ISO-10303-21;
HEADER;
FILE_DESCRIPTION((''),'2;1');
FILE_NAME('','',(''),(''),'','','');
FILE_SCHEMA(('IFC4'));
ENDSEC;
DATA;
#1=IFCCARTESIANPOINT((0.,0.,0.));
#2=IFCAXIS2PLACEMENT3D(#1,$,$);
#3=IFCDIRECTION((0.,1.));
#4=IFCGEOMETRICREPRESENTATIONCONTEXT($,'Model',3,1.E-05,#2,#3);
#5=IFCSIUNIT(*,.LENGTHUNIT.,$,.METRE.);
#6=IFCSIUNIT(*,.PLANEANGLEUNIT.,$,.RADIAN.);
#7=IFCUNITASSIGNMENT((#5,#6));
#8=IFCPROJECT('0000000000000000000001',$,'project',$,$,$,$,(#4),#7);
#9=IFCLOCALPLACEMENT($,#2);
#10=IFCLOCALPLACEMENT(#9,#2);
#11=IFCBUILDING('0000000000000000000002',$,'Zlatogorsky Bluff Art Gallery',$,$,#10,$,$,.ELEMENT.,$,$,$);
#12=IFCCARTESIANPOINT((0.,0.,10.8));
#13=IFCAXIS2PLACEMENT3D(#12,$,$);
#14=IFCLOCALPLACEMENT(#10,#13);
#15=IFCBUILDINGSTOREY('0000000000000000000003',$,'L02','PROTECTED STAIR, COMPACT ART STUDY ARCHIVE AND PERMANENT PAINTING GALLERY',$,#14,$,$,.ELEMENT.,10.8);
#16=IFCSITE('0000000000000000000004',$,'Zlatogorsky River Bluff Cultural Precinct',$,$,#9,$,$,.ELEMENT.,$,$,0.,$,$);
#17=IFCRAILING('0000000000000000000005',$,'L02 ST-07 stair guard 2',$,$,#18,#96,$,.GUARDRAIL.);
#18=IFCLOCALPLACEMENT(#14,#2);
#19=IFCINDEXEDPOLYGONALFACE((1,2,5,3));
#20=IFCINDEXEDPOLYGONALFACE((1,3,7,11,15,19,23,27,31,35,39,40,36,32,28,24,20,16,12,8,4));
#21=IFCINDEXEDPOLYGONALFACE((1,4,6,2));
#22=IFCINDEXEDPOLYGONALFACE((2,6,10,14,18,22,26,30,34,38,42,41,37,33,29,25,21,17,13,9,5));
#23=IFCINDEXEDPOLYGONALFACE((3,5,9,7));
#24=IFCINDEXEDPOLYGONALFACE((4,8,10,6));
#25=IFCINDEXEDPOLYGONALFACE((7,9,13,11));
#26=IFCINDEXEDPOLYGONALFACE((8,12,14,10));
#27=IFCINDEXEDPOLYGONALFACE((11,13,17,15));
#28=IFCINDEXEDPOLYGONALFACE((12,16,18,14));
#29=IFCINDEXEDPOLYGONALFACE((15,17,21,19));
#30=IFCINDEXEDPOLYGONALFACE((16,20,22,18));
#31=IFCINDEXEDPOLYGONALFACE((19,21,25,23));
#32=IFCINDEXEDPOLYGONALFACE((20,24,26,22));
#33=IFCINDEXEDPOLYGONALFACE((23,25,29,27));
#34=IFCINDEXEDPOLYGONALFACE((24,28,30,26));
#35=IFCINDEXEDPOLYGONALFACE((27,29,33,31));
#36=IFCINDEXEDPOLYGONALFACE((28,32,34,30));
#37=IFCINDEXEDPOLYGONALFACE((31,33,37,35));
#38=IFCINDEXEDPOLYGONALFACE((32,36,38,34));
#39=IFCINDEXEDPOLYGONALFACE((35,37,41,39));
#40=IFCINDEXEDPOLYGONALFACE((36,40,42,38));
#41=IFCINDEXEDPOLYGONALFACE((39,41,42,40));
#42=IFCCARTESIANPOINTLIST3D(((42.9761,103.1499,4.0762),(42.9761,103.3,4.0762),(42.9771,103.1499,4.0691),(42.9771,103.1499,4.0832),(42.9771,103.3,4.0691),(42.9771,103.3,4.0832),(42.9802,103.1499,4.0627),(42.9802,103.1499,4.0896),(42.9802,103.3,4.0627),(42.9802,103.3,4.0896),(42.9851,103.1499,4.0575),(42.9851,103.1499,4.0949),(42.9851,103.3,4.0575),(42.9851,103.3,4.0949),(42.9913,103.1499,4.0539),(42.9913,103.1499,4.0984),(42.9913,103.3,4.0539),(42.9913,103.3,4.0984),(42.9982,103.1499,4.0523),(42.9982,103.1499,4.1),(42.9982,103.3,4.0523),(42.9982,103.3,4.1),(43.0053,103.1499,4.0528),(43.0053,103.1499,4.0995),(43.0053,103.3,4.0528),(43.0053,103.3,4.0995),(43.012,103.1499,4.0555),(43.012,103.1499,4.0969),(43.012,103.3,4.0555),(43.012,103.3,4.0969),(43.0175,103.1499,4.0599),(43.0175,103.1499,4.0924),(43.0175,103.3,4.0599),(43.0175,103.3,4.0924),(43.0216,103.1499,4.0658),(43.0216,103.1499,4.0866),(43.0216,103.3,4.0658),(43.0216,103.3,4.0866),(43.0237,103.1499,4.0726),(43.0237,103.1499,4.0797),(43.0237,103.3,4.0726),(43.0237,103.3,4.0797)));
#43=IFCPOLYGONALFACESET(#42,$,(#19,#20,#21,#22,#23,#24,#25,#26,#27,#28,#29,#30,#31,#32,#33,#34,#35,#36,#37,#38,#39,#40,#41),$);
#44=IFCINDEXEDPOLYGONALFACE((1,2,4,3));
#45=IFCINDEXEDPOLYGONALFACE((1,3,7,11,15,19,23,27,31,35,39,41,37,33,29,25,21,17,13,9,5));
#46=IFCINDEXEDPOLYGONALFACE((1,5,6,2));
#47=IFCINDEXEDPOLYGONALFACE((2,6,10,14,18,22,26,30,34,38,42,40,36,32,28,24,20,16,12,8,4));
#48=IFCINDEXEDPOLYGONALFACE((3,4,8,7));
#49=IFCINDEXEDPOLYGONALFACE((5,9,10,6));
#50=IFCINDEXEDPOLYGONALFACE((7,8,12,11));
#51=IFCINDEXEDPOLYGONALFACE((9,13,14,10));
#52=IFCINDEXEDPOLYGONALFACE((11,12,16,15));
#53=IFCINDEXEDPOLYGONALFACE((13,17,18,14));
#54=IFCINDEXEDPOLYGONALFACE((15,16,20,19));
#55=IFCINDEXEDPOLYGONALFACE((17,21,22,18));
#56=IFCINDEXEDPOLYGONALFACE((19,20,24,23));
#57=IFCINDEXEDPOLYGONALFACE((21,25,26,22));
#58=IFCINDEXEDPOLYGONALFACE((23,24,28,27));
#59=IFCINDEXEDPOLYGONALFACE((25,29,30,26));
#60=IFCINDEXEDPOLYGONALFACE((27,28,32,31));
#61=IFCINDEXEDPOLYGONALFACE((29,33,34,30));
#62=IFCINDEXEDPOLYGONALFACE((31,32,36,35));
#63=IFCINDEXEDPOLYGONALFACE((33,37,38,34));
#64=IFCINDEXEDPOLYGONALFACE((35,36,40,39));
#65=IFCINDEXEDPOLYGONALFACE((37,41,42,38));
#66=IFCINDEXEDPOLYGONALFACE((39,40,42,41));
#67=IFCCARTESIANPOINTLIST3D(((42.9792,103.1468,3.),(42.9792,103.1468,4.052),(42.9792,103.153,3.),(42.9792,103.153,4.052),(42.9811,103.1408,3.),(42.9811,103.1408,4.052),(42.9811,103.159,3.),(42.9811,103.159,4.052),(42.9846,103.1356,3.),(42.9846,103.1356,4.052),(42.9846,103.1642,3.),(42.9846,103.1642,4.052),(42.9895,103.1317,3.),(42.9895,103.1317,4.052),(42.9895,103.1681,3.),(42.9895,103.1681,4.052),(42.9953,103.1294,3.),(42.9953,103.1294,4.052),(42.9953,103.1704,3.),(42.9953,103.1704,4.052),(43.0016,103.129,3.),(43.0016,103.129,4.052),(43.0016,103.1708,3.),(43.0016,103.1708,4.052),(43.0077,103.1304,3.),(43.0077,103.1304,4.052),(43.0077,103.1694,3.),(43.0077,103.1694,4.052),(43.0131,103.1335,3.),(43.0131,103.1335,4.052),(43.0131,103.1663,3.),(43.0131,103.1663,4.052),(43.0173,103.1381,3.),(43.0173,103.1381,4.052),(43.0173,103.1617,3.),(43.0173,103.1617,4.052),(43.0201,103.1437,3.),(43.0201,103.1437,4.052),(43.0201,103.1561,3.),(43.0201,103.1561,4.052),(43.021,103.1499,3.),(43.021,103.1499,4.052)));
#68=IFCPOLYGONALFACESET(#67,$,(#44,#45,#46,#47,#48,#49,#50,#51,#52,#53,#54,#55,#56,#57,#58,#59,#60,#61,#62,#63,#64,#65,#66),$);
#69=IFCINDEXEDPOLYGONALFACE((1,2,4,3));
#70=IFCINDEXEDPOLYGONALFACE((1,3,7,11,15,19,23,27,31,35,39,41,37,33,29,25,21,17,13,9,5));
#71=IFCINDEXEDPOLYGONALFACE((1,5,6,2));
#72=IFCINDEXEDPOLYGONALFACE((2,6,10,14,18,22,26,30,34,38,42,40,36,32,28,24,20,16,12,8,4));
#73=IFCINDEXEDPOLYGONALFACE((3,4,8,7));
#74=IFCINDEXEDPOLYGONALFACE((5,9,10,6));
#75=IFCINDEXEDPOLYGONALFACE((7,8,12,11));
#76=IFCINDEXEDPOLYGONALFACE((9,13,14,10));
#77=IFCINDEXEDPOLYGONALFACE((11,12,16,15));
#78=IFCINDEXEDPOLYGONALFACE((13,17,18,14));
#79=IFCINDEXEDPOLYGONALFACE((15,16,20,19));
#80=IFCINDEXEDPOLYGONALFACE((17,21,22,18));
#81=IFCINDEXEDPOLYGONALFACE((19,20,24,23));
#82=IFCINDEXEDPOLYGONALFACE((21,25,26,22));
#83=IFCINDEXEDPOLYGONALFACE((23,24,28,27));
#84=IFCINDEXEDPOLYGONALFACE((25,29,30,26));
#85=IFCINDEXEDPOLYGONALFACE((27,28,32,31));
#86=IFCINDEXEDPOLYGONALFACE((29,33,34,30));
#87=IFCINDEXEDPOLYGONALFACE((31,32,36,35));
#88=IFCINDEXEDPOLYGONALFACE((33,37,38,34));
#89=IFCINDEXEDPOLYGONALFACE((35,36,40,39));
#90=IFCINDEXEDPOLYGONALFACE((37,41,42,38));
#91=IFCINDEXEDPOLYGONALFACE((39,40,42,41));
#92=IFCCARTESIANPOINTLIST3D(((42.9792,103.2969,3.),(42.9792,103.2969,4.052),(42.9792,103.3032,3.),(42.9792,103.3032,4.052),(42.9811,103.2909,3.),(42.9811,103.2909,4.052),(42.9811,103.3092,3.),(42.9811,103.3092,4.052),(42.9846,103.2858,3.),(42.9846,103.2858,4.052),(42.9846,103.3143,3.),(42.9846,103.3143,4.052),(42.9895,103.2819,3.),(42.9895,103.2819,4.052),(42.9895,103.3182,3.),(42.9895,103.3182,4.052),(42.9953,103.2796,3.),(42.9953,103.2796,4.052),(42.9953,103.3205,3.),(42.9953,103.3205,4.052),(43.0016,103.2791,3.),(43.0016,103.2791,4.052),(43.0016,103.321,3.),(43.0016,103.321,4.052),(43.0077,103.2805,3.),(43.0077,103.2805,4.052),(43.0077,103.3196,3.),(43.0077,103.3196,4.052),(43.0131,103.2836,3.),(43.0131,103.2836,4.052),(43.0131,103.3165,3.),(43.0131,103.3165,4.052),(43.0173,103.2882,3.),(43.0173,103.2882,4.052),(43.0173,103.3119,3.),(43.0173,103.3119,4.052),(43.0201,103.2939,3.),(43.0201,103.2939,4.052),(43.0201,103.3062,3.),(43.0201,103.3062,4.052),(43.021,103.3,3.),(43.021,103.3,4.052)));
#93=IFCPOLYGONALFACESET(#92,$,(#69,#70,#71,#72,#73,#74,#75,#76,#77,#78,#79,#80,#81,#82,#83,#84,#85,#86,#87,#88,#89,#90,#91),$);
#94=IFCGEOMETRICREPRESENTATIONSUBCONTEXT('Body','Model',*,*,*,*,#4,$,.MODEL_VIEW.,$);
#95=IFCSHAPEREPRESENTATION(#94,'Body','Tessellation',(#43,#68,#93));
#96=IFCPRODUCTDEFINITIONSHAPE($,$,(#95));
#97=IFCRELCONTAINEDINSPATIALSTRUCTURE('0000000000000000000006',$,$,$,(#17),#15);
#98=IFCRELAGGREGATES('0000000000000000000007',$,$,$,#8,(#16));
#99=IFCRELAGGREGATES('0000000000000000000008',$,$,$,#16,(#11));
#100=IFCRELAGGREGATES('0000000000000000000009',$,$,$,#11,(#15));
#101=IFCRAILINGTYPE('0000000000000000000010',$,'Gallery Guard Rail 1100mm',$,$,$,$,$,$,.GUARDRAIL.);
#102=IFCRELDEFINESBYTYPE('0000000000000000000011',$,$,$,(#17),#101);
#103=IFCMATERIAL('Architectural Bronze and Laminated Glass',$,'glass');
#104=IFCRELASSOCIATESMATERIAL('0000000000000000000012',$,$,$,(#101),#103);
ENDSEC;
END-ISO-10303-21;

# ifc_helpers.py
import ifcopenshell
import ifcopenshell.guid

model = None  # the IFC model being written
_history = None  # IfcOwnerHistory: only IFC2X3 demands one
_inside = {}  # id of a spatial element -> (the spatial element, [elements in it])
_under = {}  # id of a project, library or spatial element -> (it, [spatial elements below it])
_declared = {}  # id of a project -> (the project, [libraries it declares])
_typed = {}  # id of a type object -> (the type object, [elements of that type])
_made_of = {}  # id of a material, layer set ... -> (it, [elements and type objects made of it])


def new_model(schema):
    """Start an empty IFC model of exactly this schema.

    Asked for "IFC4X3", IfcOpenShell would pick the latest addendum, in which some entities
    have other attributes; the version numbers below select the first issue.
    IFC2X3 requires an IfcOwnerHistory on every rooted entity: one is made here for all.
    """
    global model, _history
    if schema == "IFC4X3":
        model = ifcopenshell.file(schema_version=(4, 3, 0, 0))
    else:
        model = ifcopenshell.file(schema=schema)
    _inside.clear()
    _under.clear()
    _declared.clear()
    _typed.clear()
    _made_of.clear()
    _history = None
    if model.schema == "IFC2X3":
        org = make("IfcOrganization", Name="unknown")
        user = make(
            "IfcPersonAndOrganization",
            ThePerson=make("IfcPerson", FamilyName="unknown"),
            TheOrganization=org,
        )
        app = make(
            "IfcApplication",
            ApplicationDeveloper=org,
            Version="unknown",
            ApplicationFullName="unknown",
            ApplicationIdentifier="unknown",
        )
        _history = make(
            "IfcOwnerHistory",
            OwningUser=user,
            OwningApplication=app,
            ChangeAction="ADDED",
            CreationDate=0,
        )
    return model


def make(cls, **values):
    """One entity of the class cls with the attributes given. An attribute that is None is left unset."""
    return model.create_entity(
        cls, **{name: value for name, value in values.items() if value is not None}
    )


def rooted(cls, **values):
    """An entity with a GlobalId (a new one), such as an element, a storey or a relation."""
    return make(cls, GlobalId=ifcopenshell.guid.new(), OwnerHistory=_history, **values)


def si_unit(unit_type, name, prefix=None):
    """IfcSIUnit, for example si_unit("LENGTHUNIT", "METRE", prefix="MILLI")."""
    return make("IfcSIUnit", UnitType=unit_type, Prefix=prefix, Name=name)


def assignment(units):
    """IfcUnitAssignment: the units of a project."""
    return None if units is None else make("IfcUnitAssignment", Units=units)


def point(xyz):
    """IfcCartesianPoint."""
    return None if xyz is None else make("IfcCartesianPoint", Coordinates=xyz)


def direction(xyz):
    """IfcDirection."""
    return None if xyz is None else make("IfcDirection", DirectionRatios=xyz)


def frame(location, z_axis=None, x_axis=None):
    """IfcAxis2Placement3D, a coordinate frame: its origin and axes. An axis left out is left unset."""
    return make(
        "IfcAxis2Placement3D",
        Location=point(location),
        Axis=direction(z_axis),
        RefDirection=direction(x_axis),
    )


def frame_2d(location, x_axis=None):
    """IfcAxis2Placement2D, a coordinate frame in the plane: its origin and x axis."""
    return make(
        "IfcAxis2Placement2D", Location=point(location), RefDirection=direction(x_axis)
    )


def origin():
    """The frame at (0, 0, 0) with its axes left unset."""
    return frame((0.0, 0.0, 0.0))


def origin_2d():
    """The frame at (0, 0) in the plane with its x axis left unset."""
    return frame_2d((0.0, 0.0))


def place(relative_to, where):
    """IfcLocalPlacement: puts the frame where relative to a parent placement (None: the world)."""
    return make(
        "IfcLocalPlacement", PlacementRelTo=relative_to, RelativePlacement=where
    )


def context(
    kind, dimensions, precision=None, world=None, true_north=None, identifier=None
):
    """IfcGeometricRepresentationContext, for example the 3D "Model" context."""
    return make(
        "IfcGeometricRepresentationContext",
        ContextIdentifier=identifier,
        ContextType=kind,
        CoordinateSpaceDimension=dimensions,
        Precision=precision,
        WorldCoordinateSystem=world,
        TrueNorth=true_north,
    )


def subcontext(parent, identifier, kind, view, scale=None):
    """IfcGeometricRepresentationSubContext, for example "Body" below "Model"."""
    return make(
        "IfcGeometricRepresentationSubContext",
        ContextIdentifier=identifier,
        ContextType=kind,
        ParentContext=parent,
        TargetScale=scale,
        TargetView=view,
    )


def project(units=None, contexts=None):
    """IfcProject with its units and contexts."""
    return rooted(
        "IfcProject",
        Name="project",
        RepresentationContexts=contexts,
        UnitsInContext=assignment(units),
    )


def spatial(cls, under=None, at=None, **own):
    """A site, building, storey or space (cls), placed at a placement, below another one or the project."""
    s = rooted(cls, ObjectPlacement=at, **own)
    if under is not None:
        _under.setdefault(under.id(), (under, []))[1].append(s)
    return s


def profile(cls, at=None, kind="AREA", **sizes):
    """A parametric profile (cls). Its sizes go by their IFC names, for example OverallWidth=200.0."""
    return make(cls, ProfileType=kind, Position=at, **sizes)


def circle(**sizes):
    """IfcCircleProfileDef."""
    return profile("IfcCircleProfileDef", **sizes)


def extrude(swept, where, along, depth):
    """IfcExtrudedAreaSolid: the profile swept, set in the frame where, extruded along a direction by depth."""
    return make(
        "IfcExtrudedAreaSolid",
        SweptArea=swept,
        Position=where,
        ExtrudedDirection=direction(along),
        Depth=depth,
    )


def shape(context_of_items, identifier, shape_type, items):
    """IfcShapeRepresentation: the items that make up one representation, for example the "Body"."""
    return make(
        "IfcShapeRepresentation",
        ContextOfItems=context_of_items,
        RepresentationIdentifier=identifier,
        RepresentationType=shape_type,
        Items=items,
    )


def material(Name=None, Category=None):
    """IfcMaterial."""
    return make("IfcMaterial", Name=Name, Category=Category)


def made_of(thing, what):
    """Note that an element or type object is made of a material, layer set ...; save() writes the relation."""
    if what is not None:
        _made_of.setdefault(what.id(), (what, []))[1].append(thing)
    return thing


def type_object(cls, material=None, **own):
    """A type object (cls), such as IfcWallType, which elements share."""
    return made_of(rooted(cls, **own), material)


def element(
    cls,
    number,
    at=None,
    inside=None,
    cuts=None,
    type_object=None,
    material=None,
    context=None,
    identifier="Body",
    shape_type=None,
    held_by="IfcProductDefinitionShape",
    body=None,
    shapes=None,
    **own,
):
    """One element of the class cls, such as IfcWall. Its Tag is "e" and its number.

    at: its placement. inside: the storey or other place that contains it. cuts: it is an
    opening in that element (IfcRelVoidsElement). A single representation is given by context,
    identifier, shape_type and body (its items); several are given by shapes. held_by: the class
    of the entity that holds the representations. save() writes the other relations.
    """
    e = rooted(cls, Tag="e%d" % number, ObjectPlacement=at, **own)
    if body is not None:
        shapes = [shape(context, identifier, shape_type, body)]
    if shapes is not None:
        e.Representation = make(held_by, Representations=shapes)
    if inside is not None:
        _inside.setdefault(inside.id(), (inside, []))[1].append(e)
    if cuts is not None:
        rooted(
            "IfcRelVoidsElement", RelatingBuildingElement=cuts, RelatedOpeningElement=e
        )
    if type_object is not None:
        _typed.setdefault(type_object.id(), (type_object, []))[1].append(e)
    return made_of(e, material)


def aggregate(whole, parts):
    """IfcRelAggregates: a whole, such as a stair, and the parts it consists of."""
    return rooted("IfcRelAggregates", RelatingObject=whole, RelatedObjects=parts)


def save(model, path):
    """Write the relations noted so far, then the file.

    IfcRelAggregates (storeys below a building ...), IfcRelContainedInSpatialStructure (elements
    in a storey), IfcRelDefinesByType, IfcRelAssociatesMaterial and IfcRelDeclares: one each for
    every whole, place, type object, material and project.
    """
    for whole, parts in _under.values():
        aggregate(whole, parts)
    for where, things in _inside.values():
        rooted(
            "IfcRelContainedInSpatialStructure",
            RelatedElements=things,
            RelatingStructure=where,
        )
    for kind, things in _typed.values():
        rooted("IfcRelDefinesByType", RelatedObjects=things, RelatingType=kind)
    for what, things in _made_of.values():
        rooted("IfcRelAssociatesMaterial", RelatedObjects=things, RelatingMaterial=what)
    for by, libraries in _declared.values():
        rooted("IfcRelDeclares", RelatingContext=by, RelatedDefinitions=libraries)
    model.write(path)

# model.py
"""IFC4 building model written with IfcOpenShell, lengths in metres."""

from ifc_helpers import new_model, si_unit, direction, frame, origin, origin_2d, place, context, subcontext, project, spatial, circle, extrude, material, type_object, element, save


model = new_model("IFC4")

# Units and contexts
model_context = context("Model", 3, precision=1e-05, world=origin(), true_north=direction((0.0, 1.0)))
body_context = subcontext(model_context, "Body", "Model", "MODEL_VIEW")
ifc_project = project(units=[si_unit("LENGTHUNIT", "METRE"), si_unit("PLANEANGLEUNIT", "RADIAN")], contexts=[model_context])

# Site, building, storey
site_placement = place(None, origin())
site = spatial("IfcSite", under=ifc_project, at=site_placement, Name="Zlatogorsky River Bluff Cultural Precinct", CompositionType="ELEMENT", RefElevation=0.0)
building_placement = place(site_placement, origin())
building = spatial("IfcBuilding", under=site, at=building_placement, Name="Zlatogorsky Bluff Art Gallery", CompositionType="ELEMENT")
storey_placement = place(building_placement, frame((0.0, 0.0, 10.8)))
storey = spatial("IfcBuildingStorey", under=building, at=storey_placement, Name="L02", Description="PROTECTED STAIR, COMPACT ART STUDY ARCHIVE AND PERMANENT PAINTING GALLERY", CompositionType="ELEMENT", Elevation=10.8)

# Railing
ifc_material_1 = material(Name="Architectural Bronze and Laminated Glass", Category="glass")
railing_type_1 = type_object("IfcRailingType", Name="Gallery Guard Rail 1100mm", PredefinedType="GUARDRAIL", material=ifc_material_1)
railing_1_placement = place(storey_placement, frame((43.0, 103.1499, 3.0)))
element("IfcRailing", 1, at=railing_1_placement, inside=storey, type_object=railing_type_1, Name="L02 ST-07 stair guard 2", PredefinedType="GUARDRAIL", context=body_context, shape_type="SweptSolid", body=[
    extrude(circle(Radius=0.0239, at=origin_2d()), frame((0.0, 0.0, 1.0762), z_axis=(0.0, 1.0, 0.0), x_axis=(-1.0, 0.0, 0.0)), (0.0, 0.0, 1.0), 0.1501),
    extrude(circle(Radius=0.021, at=origin_2d()), origin(), (0.0, 0.0, 1.0), 1.052),
    extrude(circle(Radius=0.021, at=origin_2d()), frame((0.0, 0.1501, 0.0)), (0.0, 0.0, 1.0), 1.052),
])

save(model, "model.ifc")
